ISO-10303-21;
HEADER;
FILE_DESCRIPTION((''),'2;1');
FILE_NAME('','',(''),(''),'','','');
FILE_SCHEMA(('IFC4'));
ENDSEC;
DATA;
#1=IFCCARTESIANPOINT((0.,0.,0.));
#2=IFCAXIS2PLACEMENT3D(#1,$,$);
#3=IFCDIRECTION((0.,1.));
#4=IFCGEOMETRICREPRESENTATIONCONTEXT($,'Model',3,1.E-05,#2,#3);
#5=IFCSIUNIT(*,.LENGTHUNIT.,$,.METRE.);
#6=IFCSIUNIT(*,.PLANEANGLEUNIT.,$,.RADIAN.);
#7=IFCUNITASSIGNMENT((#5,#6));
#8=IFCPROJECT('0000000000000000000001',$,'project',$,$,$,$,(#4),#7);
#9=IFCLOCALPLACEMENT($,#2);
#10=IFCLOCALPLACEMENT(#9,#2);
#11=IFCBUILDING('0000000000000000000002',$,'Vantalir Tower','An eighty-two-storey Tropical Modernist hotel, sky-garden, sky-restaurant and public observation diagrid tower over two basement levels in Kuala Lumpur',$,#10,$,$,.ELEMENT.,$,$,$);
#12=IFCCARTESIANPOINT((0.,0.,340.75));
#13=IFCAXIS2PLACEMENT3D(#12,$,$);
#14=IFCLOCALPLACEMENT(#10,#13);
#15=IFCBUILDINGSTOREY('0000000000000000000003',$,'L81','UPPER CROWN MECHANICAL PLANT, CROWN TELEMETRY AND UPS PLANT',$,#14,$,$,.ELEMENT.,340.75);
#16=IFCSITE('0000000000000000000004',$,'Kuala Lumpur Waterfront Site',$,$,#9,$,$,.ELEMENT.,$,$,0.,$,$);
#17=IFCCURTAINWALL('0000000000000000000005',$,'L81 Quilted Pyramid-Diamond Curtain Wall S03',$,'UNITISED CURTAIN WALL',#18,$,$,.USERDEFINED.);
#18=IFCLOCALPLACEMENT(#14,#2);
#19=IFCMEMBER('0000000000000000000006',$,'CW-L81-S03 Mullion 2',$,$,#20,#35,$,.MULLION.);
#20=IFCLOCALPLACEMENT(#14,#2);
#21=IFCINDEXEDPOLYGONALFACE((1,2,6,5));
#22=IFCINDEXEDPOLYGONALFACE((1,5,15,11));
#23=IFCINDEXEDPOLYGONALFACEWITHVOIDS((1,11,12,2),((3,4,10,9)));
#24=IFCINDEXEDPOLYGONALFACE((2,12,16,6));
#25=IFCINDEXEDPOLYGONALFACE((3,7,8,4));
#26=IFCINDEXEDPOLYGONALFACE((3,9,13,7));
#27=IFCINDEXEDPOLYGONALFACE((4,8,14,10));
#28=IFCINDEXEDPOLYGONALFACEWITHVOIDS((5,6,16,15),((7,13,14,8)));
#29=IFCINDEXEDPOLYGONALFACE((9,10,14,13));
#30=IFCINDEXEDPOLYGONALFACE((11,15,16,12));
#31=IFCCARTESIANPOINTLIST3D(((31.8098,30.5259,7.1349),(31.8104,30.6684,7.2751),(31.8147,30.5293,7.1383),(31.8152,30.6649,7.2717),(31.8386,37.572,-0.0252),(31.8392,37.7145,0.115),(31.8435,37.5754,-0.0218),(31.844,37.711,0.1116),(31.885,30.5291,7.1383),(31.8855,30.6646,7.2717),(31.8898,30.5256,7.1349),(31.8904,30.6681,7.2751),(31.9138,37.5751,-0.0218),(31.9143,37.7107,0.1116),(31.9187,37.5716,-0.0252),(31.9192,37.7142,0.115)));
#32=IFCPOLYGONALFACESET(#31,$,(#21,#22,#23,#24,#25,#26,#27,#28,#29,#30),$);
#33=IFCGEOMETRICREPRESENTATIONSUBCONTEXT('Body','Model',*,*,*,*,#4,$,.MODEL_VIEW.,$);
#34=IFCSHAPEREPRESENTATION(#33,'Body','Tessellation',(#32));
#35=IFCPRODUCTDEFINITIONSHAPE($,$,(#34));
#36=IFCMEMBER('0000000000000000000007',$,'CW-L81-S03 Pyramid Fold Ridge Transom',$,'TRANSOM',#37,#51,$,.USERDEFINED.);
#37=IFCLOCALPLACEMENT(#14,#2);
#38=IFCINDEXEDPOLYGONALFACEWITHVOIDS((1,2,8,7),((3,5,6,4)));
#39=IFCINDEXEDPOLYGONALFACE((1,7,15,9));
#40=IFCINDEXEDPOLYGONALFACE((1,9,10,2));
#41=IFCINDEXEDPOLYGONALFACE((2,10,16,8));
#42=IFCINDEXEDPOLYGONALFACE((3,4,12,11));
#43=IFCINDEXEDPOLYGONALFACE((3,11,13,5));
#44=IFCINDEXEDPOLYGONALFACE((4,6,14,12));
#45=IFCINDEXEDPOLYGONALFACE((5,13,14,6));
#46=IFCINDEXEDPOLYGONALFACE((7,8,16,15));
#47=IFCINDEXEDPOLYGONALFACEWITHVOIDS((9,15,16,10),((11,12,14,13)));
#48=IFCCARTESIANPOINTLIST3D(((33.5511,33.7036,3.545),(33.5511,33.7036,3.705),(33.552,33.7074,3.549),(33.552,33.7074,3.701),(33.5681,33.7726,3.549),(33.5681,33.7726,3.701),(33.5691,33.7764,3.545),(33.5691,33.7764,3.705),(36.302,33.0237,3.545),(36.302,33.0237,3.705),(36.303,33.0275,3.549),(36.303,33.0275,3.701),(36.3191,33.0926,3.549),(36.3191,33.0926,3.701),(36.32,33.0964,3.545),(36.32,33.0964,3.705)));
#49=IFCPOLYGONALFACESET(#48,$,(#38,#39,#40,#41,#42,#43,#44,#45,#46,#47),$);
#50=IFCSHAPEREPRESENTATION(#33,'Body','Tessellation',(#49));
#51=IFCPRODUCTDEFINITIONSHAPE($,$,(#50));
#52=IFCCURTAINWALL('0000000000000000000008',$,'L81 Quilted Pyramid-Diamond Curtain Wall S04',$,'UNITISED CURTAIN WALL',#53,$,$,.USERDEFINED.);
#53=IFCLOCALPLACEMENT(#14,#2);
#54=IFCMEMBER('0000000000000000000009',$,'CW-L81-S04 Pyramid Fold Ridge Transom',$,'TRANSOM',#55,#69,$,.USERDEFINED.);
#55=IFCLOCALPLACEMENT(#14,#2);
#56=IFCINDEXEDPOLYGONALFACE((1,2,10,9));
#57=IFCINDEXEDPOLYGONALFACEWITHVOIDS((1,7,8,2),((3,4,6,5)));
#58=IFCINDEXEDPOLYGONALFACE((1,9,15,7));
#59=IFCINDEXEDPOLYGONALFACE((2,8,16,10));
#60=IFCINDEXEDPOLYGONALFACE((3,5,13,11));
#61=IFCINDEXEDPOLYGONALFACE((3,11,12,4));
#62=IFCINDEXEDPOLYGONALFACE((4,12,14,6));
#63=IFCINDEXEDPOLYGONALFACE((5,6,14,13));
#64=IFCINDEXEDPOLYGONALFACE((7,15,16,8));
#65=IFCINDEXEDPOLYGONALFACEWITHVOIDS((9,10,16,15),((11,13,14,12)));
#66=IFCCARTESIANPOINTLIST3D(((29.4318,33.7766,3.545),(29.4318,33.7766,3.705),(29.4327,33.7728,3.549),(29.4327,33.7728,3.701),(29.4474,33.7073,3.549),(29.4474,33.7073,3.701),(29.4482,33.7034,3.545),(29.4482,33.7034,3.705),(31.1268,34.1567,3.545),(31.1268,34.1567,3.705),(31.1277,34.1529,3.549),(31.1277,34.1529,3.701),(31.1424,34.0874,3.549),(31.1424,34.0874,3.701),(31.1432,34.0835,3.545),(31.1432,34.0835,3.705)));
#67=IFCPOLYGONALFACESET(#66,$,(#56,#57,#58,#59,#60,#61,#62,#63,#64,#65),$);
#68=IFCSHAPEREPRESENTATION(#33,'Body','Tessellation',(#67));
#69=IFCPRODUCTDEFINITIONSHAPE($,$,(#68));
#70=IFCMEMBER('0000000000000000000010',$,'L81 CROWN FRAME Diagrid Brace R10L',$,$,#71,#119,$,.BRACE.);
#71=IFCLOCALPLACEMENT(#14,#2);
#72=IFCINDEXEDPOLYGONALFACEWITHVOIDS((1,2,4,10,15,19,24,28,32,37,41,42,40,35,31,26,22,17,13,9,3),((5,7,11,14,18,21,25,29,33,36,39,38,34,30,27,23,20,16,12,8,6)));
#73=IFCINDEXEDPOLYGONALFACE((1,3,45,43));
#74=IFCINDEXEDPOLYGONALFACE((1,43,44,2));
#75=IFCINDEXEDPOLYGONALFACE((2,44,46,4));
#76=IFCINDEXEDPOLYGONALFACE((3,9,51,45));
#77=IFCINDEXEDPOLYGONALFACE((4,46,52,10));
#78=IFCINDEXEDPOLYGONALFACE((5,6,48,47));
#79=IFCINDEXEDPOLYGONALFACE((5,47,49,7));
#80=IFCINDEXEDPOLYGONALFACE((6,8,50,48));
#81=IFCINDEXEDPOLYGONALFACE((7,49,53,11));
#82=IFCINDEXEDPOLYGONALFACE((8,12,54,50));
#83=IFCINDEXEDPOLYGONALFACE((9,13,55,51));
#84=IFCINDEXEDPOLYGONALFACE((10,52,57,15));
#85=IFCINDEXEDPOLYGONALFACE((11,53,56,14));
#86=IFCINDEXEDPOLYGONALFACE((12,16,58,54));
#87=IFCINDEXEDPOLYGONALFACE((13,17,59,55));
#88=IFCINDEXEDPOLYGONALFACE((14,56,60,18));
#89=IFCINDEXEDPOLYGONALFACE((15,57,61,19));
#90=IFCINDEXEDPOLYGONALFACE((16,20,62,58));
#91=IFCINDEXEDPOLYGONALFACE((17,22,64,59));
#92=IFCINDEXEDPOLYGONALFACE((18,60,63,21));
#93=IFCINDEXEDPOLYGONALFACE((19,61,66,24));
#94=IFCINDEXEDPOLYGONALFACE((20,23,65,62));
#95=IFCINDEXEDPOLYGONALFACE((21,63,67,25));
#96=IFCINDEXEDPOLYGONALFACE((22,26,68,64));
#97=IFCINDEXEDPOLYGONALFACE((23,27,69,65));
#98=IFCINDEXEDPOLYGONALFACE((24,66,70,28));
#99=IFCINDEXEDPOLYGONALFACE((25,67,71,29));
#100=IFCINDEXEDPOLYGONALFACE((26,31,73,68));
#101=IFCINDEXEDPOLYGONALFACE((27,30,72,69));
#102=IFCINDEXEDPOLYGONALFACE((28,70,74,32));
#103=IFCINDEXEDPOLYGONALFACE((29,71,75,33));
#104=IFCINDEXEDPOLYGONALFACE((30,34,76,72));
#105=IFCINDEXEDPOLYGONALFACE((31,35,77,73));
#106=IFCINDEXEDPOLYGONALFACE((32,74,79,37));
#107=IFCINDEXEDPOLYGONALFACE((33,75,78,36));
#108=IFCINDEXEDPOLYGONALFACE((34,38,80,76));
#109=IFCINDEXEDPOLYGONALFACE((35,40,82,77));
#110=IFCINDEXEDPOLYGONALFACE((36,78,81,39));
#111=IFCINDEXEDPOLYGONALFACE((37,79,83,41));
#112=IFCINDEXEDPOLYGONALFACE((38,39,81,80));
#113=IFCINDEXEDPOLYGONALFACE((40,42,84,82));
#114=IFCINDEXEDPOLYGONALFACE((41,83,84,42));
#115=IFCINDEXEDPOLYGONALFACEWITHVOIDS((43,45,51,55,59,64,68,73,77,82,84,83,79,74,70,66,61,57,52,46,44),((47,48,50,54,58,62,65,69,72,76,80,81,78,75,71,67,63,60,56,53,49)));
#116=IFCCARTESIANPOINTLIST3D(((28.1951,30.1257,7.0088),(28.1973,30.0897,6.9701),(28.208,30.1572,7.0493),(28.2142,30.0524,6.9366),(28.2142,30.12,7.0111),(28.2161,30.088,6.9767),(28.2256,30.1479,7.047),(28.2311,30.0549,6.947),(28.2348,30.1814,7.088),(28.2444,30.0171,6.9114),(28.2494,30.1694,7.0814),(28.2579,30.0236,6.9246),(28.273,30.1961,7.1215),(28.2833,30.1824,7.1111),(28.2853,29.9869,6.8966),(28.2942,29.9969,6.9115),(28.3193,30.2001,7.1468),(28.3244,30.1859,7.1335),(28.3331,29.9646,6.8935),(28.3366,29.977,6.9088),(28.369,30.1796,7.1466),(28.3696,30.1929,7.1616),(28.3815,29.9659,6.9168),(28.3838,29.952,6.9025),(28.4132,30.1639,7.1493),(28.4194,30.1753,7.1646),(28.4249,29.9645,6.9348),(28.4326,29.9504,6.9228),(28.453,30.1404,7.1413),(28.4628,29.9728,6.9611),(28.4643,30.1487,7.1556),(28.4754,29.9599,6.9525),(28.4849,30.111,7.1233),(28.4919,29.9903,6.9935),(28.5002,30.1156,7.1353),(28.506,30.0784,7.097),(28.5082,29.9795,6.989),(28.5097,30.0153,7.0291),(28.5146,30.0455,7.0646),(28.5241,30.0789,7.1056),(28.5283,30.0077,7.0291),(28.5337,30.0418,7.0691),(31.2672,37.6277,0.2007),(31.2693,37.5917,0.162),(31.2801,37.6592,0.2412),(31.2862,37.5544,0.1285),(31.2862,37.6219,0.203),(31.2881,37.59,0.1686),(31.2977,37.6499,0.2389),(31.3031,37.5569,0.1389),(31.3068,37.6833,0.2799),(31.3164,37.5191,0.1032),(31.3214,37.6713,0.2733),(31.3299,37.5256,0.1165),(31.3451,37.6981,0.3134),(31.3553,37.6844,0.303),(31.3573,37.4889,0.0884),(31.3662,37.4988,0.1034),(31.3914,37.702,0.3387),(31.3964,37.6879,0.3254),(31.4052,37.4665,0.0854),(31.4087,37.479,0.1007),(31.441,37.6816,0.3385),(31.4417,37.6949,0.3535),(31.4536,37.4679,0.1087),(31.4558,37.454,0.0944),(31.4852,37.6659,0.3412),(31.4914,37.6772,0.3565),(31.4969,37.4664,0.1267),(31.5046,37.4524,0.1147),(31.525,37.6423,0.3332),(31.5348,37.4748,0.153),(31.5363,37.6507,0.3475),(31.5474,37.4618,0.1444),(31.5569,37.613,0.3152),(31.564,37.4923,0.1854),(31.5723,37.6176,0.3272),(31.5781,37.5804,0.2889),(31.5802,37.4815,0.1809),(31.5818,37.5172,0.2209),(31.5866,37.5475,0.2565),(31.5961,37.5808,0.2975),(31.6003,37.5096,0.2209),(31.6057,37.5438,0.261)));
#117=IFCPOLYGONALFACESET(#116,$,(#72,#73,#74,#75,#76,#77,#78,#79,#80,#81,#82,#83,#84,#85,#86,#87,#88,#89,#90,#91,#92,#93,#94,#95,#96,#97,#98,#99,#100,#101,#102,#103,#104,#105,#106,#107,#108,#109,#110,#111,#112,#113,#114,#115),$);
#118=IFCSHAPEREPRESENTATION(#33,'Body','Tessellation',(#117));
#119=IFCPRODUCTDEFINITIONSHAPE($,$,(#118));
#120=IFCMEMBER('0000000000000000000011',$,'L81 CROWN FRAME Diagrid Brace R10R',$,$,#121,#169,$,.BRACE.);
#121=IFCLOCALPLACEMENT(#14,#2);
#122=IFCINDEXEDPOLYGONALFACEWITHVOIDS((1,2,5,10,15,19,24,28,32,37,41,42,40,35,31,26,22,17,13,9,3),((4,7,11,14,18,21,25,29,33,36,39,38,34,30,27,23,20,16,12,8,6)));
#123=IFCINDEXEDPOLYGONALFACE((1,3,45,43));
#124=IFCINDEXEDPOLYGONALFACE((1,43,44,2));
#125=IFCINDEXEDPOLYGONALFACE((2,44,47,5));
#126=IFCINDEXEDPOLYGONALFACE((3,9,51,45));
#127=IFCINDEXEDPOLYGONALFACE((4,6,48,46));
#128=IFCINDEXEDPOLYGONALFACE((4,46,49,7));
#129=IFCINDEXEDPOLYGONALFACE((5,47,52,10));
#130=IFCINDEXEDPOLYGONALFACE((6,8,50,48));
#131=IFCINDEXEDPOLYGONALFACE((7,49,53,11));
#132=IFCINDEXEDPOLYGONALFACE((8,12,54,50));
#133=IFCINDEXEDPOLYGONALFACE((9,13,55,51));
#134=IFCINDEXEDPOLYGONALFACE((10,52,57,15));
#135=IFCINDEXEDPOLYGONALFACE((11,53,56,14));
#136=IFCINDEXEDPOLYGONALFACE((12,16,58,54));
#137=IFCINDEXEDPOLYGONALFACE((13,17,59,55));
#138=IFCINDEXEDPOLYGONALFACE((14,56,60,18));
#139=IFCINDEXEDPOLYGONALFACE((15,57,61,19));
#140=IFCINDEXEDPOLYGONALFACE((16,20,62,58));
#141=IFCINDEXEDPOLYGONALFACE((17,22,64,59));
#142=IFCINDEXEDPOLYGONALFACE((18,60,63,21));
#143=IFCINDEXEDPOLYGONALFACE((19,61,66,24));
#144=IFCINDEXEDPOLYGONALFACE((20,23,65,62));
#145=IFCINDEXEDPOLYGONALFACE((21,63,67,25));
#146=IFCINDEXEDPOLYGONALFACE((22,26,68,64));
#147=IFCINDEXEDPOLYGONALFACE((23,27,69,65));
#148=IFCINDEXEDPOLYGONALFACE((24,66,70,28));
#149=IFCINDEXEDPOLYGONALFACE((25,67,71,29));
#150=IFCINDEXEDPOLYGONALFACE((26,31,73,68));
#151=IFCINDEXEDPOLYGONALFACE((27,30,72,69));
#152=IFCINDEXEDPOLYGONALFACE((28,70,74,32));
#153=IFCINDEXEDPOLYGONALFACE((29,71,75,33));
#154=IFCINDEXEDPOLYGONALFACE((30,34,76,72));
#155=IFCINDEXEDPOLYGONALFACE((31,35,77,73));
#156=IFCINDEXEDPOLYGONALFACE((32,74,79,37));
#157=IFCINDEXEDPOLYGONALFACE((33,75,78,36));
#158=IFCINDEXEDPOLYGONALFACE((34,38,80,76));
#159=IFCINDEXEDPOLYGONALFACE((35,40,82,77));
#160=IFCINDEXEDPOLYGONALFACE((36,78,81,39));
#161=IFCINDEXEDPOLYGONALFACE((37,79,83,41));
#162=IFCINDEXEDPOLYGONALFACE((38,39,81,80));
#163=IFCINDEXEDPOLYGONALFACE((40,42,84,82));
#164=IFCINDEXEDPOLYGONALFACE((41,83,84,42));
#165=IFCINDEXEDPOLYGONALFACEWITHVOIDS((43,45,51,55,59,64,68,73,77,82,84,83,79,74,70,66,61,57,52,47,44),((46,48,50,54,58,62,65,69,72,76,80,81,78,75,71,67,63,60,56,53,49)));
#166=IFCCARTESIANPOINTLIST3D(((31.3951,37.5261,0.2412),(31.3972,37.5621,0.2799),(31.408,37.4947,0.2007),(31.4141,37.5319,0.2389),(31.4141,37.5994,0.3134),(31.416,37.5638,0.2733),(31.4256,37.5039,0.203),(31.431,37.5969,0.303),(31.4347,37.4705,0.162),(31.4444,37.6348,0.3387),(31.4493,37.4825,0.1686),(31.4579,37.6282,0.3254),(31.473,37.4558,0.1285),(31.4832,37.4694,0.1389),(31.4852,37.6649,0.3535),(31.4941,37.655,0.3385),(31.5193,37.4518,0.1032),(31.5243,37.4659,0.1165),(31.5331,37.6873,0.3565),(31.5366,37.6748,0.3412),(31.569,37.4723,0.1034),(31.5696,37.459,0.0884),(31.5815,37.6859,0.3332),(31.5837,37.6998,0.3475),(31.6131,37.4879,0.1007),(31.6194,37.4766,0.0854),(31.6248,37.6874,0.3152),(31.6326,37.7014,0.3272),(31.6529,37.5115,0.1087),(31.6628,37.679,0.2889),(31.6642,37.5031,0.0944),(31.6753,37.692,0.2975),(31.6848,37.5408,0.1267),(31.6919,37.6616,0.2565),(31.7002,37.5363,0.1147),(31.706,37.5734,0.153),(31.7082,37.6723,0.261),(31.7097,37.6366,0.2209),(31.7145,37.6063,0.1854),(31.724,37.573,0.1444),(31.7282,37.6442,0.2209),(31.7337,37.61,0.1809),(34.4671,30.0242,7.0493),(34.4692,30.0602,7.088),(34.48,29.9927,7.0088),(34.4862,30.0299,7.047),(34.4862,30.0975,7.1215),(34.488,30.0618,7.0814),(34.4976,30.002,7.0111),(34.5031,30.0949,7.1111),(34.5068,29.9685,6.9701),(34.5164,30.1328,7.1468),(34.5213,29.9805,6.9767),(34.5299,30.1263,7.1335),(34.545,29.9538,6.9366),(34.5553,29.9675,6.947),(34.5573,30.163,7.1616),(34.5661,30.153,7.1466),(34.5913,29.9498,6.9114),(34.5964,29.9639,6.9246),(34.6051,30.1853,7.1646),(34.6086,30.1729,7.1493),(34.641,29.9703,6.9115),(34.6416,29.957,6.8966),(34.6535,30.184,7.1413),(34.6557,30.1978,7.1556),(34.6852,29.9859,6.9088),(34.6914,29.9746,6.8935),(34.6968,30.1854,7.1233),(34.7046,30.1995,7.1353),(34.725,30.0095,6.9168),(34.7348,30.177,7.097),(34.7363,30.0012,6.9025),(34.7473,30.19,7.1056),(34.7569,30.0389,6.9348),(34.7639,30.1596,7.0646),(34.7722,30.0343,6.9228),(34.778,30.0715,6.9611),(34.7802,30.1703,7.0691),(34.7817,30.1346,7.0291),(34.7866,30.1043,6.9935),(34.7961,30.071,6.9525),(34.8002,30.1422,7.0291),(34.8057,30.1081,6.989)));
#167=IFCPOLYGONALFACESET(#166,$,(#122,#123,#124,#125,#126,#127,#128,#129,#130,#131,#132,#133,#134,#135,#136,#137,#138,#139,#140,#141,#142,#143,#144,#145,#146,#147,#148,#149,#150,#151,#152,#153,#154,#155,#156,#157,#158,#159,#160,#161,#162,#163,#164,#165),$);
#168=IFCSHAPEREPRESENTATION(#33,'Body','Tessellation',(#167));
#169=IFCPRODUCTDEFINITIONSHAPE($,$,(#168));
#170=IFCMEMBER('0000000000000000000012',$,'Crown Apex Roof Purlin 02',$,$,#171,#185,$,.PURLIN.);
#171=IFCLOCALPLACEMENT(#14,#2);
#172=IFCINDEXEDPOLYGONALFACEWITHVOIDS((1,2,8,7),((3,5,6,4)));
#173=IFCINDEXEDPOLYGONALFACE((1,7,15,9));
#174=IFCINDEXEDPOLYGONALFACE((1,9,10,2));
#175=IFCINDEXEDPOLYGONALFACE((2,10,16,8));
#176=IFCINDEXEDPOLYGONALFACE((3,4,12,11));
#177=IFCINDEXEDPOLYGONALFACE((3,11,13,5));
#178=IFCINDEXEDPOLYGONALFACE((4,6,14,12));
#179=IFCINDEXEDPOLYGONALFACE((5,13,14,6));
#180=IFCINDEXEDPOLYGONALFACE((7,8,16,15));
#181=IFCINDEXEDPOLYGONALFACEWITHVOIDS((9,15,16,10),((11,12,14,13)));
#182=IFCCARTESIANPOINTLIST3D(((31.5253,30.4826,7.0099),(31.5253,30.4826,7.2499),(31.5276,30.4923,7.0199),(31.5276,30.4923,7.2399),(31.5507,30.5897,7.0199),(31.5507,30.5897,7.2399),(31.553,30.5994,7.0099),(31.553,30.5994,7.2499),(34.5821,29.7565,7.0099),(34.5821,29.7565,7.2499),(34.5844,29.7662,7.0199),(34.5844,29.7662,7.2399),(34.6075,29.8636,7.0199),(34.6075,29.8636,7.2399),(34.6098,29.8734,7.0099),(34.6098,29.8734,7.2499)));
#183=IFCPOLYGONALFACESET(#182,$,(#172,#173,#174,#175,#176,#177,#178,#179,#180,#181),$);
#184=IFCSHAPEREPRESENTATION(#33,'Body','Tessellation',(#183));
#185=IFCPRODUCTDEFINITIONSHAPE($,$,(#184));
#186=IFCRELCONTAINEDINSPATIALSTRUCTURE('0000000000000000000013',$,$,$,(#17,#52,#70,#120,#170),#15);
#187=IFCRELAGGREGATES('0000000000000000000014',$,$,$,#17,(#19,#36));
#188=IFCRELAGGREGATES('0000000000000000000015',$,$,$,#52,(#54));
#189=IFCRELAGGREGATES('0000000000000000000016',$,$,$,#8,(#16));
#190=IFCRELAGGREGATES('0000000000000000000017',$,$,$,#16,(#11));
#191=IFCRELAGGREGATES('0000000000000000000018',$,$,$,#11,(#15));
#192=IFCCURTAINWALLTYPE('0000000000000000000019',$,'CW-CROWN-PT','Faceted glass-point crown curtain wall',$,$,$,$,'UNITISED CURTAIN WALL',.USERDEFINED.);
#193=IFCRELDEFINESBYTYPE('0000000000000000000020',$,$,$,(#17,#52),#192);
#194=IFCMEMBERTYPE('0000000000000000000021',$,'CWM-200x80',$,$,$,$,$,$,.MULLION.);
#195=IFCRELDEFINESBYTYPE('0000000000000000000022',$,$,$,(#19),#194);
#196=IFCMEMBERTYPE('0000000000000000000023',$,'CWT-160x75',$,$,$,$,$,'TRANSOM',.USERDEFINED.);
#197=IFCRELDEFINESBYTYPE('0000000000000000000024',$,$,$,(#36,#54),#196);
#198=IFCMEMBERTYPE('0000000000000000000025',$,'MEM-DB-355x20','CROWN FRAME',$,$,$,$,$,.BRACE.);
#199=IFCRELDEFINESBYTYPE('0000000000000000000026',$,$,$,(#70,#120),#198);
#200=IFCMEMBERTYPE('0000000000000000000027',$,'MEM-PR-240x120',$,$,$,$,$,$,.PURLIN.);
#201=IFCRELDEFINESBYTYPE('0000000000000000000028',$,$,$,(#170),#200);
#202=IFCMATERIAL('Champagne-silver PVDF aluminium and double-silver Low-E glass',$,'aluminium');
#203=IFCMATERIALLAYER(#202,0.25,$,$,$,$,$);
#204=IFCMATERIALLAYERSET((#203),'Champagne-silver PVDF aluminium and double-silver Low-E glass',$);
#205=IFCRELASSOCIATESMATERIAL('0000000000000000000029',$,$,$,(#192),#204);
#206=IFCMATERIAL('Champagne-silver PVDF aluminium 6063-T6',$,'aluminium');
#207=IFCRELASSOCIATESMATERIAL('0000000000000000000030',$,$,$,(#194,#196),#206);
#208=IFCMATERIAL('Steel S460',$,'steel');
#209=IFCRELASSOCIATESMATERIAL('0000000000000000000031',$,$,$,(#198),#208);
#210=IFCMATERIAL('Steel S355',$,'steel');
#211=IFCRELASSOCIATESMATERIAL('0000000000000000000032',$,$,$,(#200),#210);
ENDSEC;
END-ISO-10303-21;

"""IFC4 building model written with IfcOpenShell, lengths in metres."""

from ifc_helpers import new_model, si_unit, direction, frame, origin, origin_2d, place, context, subcontext, project, spatial, hollow_rectangle, hollow_circle, extrude, material, layer, layer_set, material_profile, profile_set, type_object, element, aggregate, save


model = new_model("IFC4")

# Units and contexts
model_context = context("Model", 3, precision=1e-05, world=origin(), true_north=direction((0.0, 1.0)))
body_context = subcontext(model_context, "Body", "Model", "MODEL_VIEW")
ifc_project = project(units=[si_unit("LENGTHUNIT", "METRE"), si_unit("PLANEANGLEUNIT", "RADIAN")], contexts=[model_context])

# Site, building, storey
site_placement = place(None, origin())
site = spatial("IfcSite", under=ifc_project, at=site_placement, Name="Kuala Lumpur Waterfront Site", CompositionType="ELEMENT", RefElevation=0.0)
building_placement = place(site_placement, origin())
building = spatial("IfcBuilding", under=site, at=building_placement, Name="Vantalir Tower", Description="An eighty-two-storey Tropical Modernist hotel, sky-garden, sky-restaurant and public observation diagrid tower over two basement levels in Kuala Lumpur", CompositionType="ELEMENT")
storey_placement = place(building_placement, frame((0.0, 0.0, 340.75)))
storey = spatial("IfcBuildingStorey", under=building, at=storey_placement, Name="L81", Description="UPPER CROWN MECHANICAL PLANT, CROWN TELEMETRY AND UPS PLANT", CompositionType="ELEMENT", Elevation=340.75)

# Shared definitions
ifc_material_1 = material(Name="Steel S460", Category="steel")

# Curtain wall, members
ifc_material_2 = material(Name="Champagne-silver PVDF aluminium and double-silver Low-E glass", Category="aluminium")
ifc_layer_1 = layer(ifc_material_2, 0.25)
ifc_layer_set_1 = layer_set([ifc_layer_1], Name="Champagne-silver PVDF aluminium and double-silver Low-E glass")
curtain_wall_type = type_object("IfcCurtainWallType", Name="CW-CROWN-PT", Description="Faceted glass-point crown curtain wall", ElementType="UNITISED CURTAIN WALL", PredefinedType="USERDEFINED", material=ifc_layer_set_1)
curtain_wall_1_placement = place(storey_placement, origin())
curtain_wall_1 = element("IfcCurtainWall", 1, at=curtain_wall_1_placement, inside=storey, type_object=curtain_wall_type, Name="L81 Quilted Pyramid-Diamond Curtain Wall S03", ObjectType="UNITISED CURTAIN WALL", PredefinedType="USERDEFINED")
ifc_material_3 = material(Name="Champagne-silver PVDF aluminium 6063-T6", Category="aluminium")
ifc_material_profile_1 = material_profile(ifc_material_3, hollow_rectangle(XDim=0.0801, YDim=0.2, WallThickness=0.0049, at=origin_2d()), Name="Champagne-silver PVDF aluminium 6063-T6")
ifc_profile_set_1 = profile_set([ifc_material_profile_1], Name="Champagne-silver PVDF aluminium 6063-T6")
member_type_1 = type_object("IfcMemberType", Name="CWM-200x80", PredefinedType="MULLION", material=ifc_profile_set_1)
member_1_placement = place(storey_placement, frame((31.8789, 37.6431, 0.0449), z_axis=(-0.002868, -0.701406, 0.712756), x_axis=(0.999992, -0.004089, 0.0)))
member_1 = element("IfcMember", 2, at=member_1_placement, type_object=member_type_1, Name="CW-L81-S03 Mullion 2", PredefinedType="MULLION", context=body_context, shape_type="SweptSolid", body=[
    extrude(hollow_rectangle(XDim=0.0801, YDim=0.2, WallThickness=0.0049, at=origin_2d()), origin(), (0.0, 0.0, 1.0), 10.0457),
])
ifc_material_profile_2 = material_profile(ifc_material_3, hollow_rectangle(XDim=0.075, YDim=0.1599, WallThickness=0.0039, at=origin_2d()), Name="Champagne-silver PVDF aluminium 6063-T6")
ifc_profile_set_2 = profile_set([ifc_material_profile_2], Name="Champagne-silver PVDF aluminium 6063-T6")
member_type_2 = type_object("IfcMemberType", Name="CWT-160x75", ElementType="TRANSOM", PredefinedType="USERDEFINED", material=ifc_profile_set_2)
member_2_placement = place(storey_placement, frame((36.311, 33.0601, 3.625), z_axis=(-0.970788, 0.23994, 0.0), x_axis=(-0.23994, -0.970788, 0.0)))
member_2 = element("IfcMember", 3, at=member_2_placement, type_object=member_type_2, Name="CW-L81-S03 Pyramid Fold Ridge Transom", ObjectType="TRANSOM", PredefinedType="USERDEFINED", context=body_context, shape_type="SweptSolid", body=[
    extrude(hollow_rectangle(XDim=0.075, YDim=0.1599, WallThickness=0.0039, at=origin_2d()), origin(), (0.0, 0.0, 1.0), 2.8337),
])

# Curtain wall, member
curtain_wall_2_placement = place(storey_placement, origin())
curtain_wall_2 = element("IfcCurtainWall", 4, at=curtain_wall_2_placement, inside=storey, type_object=curtain_wall_type, Name="L81 Quilted Pyramid-Diamond Curtain Wall S04", ObjectType="UNITISED CURTAIN WALL", PredefinedType="USERDEFINED")
member_3_placement = place(storey_placement, frame((31.135, 34.1201, 3.625), z_axis=(-0.975765, -0.21882, 0.0), x_axis=(0.21882, -0.975765, 0.0)))
member_3 = element("IfcMember", 5, at=member_3_placement, type_object=member_type_2, Name="CW-L81-S04 Pyramid Fold Ridge Transom", ObjectType="TRANSOM", PredefinedType="USERDEFINED", context=body_context, shape_type="SweptSolid", body=[
    extrude(hollow_rectangle(XDim=0.075, YDim=0.1599, WallThickness=0.0039, at=origin_2d()), origin(), (0.0, 0.0, 1.0), 1.7371),
])

# Members
ifc_material_profile_3 = material_profile(ifc_material_1, hollow_circle(Radius=0.1775, WallThickness=0.02, at=origin_2d()), Name="Steel S460")
ifc_profile_set_3 = profile_set([ifc_material_profile_3], Name="Steel S460")
member_type_3 = type_object("IfcMemberType", Name="MEM-DB-355x20", Description="CROWN FRAME", PredefinedType="BRACE", material=ifc_profile_set_3)
for number, where, z_axis, x_axis, name in (
    (6, (31.436, 37.5769, 0.2209), (-0.290192, -0.708656, 0.643113), (0.925415, -0.378954, 0.0), "L81 CROWN FRAME Diagrid Brace R10L"),
    (7, (31.564, 37.5769, 0.2209), (0.290192, -0.708656, 0.643113), (0.925415, 0.378954, 0.0), "L81 CROWN FRAME Diagrid Brace R10R"),
):
    element("IfcMember", number, at=place(storey_placement, frame(where, z_axis=z_axis, x_axis=x_axis)), inside=storey, type_object=member_type_3, Name=name, PredefinedType="BRACE", context=body_context, shape_type="SweptSolid", body=[
        extrude(hollow_circle(Radius=0.1775, WallThickness=0.02, at=origin_2d()), origin(), (0.0, 0.0, 1.0), 10.5862),
    ])
ifc_material_4 = material(Name="Steel S355", Category="steel")
ifc_material_profile_4 = material_profile(ifc_material_4, hollow_rectangle(XDim=0.1201, YDim=0.24, WallThickness=0.01, at=origin_2d()), Name="Steel S355")
ifc_profile_set_4 = profile_set([ifc_material_profile_4], Name="Steel S355")
member_type_4 = type_object("IfcMemberType", Name="MEM-PR-240x120", PredefinedType="PURLIN", material=ifc_profile_set_4)
member_4_placement = place(storey_placement, frame((34.5959, 29.8149, 7.1299), z_axis=(-0.972932, 0.231092, 0.0), x_axis=(-0.231092, -0.972932, 0.0)))
element("IfcMember", 8, at=member_4_placement, inside=storey, type_object=member_type_4, Name="Crown Apex Roof Purlin 02", PredefinedType="PURLIN", context=body_context, shape_type="SweptSolid", body=[
    extrude(hollow_rectangle(XDim=0.1201, YDim=0.24, WallThickness=0.01, at=origin_2d()), origin(), (0.0, 0.0, 1.0), 3.1418),
])

aggregate(curtain_wall_1, [member_1, member_2])
aggregate(curtain_wall_2, [member_3])

save(model, "model.ifc")
